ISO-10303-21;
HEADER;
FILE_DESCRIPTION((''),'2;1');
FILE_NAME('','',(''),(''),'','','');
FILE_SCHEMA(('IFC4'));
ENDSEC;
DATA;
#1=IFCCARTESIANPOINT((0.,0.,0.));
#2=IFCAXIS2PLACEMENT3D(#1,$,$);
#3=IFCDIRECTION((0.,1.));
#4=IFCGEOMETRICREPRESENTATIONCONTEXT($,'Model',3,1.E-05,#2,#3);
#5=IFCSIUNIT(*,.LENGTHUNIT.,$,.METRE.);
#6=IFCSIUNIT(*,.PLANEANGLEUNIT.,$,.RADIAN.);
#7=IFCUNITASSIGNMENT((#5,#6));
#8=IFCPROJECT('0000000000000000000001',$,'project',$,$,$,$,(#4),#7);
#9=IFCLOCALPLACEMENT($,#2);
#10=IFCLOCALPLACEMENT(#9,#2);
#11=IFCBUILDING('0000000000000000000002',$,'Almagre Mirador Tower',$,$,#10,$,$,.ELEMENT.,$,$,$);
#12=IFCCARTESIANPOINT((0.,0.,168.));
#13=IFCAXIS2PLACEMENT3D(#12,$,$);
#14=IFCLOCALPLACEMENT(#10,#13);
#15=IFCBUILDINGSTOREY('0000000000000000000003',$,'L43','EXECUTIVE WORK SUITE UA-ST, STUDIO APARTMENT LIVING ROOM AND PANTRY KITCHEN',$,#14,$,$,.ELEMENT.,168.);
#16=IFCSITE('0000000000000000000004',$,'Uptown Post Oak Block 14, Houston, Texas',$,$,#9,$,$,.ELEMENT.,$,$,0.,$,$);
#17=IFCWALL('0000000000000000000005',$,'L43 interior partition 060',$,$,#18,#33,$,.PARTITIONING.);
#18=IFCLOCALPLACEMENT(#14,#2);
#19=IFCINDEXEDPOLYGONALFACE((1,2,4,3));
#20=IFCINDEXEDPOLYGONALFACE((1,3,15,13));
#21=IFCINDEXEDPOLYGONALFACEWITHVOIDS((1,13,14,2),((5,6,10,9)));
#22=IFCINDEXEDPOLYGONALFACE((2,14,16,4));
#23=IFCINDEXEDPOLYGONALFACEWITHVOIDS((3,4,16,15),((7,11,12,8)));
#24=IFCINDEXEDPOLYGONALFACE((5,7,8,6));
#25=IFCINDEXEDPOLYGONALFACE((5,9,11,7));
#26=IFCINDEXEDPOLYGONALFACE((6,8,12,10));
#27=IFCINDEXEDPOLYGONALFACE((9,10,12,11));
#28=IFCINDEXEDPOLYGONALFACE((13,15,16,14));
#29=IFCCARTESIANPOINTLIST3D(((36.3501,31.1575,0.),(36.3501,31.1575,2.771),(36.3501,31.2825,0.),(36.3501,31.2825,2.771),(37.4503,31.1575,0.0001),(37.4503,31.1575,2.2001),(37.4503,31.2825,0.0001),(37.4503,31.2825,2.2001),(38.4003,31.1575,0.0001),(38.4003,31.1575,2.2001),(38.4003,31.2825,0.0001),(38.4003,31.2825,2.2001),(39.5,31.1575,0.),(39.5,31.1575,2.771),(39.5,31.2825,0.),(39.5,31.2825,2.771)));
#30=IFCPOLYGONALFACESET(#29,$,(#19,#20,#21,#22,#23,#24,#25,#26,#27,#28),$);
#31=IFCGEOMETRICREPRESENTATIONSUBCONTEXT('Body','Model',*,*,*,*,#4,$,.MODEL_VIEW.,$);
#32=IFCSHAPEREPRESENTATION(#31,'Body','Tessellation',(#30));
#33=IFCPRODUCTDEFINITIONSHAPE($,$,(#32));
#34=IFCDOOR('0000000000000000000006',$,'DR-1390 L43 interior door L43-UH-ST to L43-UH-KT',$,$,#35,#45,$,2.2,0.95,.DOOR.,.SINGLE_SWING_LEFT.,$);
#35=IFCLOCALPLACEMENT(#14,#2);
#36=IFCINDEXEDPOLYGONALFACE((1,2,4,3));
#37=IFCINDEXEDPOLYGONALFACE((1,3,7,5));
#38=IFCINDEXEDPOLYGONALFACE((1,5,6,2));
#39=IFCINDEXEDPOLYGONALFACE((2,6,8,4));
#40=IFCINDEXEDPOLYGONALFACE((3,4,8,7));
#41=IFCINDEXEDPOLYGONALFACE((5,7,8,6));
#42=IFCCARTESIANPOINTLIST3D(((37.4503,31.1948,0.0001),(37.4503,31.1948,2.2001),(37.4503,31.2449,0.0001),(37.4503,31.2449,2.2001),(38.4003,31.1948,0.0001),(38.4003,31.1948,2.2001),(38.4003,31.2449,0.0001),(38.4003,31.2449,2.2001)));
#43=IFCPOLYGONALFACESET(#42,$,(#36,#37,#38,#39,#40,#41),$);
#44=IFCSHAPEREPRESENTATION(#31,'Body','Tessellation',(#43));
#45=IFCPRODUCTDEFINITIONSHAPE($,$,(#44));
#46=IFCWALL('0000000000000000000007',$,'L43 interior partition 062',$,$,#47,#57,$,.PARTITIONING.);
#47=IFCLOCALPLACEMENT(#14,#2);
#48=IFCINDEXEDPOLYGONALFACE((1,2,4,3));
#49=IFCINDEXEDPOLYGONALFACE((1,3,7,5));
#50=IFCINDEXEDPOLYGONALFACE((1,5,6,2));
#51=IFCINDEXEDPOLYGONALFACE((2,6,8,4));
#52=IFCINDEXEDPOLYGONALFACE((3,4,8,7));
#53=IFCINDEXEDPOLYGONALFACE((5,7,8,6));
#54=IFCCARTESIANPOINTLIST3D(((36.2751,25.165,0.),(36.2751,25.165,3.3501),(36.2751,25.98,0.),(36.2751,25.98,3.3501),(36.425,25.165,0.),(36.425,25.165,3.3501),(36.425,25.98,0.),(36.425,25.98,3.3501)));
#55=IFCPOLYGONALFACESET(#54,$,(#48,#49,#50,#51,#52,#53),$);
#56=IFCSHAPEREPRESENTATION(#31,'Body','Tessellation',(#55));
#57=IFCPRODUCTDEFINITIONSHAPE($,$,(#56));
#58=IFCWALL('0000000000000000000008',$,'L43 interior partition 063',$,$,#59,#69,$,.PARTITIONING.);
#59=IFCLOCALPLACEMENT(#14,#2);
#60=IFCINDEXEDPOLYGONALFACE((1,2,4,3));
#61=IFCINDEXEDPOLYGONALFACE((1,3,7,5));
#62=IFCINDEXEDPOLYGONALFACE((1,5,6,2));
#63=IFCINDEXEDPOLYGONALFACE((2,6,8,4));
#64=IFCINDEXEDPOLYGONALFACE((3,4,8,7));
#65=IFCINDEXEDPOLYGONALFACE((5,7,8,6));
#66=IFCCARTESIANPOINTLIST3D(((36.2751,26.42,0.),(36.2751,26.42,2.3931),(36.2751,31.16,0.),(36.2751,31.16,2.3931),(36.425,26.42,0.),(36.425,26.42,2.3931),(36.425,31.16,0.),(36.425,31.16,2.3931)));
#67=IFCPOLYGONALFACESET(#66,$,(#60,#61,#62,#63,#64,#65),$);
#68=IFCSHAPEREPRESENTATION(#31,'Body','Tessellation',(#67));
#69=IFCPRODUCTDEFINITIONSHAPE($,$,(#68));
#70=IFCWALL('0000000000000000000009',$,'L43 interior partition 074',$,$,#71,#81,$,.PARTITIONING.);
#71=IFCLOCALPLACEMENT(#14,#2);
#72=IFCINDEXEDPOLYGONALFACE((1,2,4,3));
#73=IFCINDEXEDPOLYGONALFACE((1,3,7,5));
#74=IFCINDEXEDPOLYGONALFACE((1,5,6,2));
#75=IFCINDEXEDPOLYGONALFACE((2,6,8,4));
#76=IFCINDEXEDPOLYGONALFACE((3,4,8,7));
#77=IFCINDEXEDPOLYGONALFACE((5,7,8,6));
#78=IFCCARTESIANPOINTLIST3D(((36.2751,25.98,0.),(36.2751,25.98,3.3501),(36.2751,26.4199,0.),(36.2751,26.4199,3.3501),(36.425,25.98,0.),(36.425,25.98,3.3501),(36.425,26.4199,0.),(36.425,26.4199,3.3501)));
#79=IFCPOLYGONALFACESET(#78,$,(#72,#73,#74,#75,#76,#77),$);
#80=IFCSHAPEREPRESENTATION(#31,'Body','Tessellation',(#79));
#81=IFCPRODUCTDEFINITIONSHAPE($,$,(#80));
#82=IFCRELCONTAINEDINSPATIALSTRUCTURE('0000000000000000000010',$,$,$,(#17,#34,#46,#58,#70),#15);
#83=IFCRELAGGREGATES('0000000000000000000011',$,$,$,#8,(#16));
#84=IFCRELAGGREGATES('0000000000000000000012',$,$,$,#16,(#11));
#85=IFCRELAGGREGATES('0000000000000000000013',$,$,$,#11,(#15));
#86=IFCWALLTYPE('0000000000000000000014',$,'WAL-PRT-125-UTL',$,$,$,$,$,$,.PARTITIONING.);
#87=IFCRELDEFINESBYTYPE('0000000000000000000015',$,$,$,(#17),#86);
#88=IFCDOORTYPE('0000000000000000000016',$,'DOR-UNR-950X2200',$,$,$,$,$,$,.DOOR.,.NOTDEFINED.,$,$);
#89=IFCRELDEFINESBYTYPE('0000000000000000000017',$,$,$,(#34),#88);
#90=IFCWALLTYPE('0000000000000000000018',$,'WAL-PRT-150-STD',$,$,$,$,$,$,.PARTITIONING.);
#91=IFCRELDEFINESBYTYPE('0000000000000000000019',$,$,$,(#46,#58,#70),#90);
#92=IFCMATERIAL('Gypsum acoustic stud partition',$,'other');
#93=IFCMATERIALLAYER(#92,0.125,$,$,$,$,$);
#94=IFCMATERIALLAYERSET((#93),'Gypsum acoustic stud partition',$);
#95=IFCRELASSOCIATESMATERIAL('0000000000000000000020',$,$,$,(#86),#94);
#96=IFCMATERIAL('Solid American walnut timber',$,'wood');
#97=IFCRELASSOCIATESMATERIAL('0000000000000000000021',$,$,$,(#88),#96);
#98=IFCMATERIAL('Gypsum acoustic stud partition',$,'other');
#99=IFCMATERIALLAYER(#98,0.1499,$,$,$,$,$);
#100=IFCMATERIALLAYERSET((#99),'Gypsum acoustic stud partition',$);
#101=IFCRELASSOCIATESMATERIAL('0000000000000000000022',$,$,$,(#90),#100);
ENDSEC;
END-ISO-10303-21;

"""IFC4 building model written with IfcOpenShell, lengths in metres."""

from ifc_helpers import new_model, si_unit, direction, frame, frame_2d, origin, place, context, subcontext, project, spatial, rectangle, extrude, material, layer, layer_set, type_object, element, fill, save


model = new_model("IFC4")

# Units and contexts
model_context = context("Model", 3, precision=1e-05, world=origin(), true_north=direction((0.0, 1.0)))
body_context = subcontext(model_context, "Body", "Model", "MODEL_VIEW")
ifc_project = project(units=[si_unit("LENGTHUNIT", "METRE"), si_unit("PLANEANGLEUNIT", "RADIAN")], contexts=[model_context])

# Site, building, storey
site_placement = place(None, origin())
site = spatial("IfcSite", under=ifc_project, at=site_placement, Name="Uptown Post Oak Block 14, Houston, Texas", CompositionType="ELEMENT", RefElevation=0.0)
building_placement = place(site_placement, origin())
building = spatial("IfcBuilding", under=site, at=building_placement, Name="Almagre Mirador Tower", CompositionType="ELEMENT")
storey_placement = place(building_placement, frame((0.0, 0.0, 168.0)))
storey = spatial("IfcBuildingStorey", under=building, at=storey_placement, Name="L43", Description="EXECUTIVE WORK SUITE UA-ST, STUDIO APARTMENT LIVING ROOM AND PANTRY KITCHEN", CompositionType="ELEMENT", Elevation=168.0)

# Wall, opening, door
ifc_material_1 = material(Name="Gypsum acoustic stud partition", Category="other")
ifc_layer_1 = layer(ifc_material_1, 0.125)
ifc_layer_set_1 = layer_set([ifc_layer_1], Name="Gypsum acoustic stud partition")
wall_type_1 = type_object("IfcWallType", Name="WAL-PRT-125-UTL", PredefinedType="PARTITIONING", material=ifc_layer_set_1)
wall_1_placement = place(storey_placement, frame((36.3501, 31.22, 0.0), z_axis=(0.0, 0.0, 1.0), x_axis=(1.0, 0.0, 0.0)))
wall_1 = element("IfcWall", 1, at=wall_1_placement, inside=storey, type_object=wall_type_1, Name="L43 interior partition 060", PredefinedType="PARTITIONING", context=body_context, shape_type="SweptSolid", body=[
    extrude(rectangle(XDim=3.1499, YDim=0.125, at=frame_2d((1.575, 0.0))), origin(), (0.0, 0.0, 1.0), 2.771),
])
opening_placement = place(wall_1_placement, frame((1.1001, 0.0, 0.0)))
opening = element("IfcOpeningElement", 2, at=opening_placement, cuts=wall_1, PredefinedType="OPENING", context=body_context, shape_type="SweptSolid", body=[
    extrude(rectangle(XDim=0.95, YDim=2.2, at=frame_2d((0.4751, 1.1001))), frame((0.0, 0.0725, 0.0), z_axis=(0.0, -1.0, 0.0), x_axis=(1.0, 0.0, 0.0)), (0.0, 0.0, 1.0), 0.145),
])
ifc_material_2 = material(Name="Solid American walnut timber", Category="wood")
door_type = type_object("IfcDoorType", Name="DOR-UNR-950X2200", OperationType="NOTDEFINED", PredefinedType="DOOR", material=ifc_material_2)
door_placement = place(opening_placement, origin())
door = element("IfcDoor", 3, at=door_placement, inside=storey, type_object=door_type, Name="DR-1390 L43 interior door L43-UH-ST to L43-UH-KT", OperationType="SINGLE_SWING_LEFT", OverallHeight=2.2, OverallWidth=0.95, PredefinedType="DOOR", context=body_context, shape_type="SweptSolid", body=[
    extrude(rectangle(XDim=0.95, YDim=2.2, at=frame_2d((0.4751, 1.1001))), frame((0.0, 0.0249, 0.0), z_axis=(0.0, -1.0, 0.0), x_axis=(1.0, 0.0, 0.0)), (0.0, 0.0, 1.0), 0.05),
])
fill(opening, door)

# Walls
ifc_material_3 = material(Name="Gypsum acoustic stud partition", Category="other")
ifc_layer_2 = layer(ifc_material_3, 0.1499)
ifc_layer_set_2 = layer_set([ifc_layer_2], Name="Gypsum acoustic stud partition")
wall_type_2 = type_object("IfcWallType", Name="WAL-PRT-150-STD", PredefinedType="PARTITIONING", material=ifc_layer_set_2)
wall_2_placement = place(storey_placement, frame((36.3501, 25.165, 0.0), z_axis=(0.0, 0.0, 1.0), x_axis=(0.0, 1.0, 0.0)))
element("IfcWall", 4, at=wall_2_placement, inside=storey, type_object=wall_type_2, Name="L43 interior partition 062", PredefinedType="PARTITIONING", context=body_context, shape_type="SweptSolid", body=[
    extrude(rectangle(XDim=0.8149, YDim=0.1499, at=frame_2d((0.4075, 0.0))), origin(), (0.0, 0.0, 1.0), 3.3501),
])
wall_3_placement = place(storey_placement, frame((36.3501, 26.4199, 0.0), z_axis=(0.0, 0.0, 1.0), x_axis=(0.0, 1.0, 0.0)))
element("IfcWall", 5, at=wall_3_placement, inside=storey, type_object=wall_type_2, Name="L43 interior partition 063", PredefinedType="PARTITIONING", context=body_context, shape_type="SweptSolid", body=[
    extrude(rectangle(XDim=4.74, YDim=0.1499, at=frame_2d((2.3701, 0.0))), origin(), (0.0, 0.0, 1.0), 2.3931),
])
wall_4_placement = place(storey_placement, frame((36.3501, 25.98, 0.0), z_axis=(0.0, 0.0, 1.0), x_axis=(0.0, 1.0, 0.0)))
element("IfcWall", 6, at=wall_4_placement, inside=storey, type_object=wall_type_2, Name="L43 interior partition 074", PredefinedType="PARTITIONING", context=body_context, shape_type="SweptSolid", body=[
    extrude(rectangle(XDim=0.4399, YDim=0.1499, at=frame_2d((0.22, 0.0))), origin(), (0.0, 0.0, 1.0), 3.3501),
])

save(model, "model.ifc")
